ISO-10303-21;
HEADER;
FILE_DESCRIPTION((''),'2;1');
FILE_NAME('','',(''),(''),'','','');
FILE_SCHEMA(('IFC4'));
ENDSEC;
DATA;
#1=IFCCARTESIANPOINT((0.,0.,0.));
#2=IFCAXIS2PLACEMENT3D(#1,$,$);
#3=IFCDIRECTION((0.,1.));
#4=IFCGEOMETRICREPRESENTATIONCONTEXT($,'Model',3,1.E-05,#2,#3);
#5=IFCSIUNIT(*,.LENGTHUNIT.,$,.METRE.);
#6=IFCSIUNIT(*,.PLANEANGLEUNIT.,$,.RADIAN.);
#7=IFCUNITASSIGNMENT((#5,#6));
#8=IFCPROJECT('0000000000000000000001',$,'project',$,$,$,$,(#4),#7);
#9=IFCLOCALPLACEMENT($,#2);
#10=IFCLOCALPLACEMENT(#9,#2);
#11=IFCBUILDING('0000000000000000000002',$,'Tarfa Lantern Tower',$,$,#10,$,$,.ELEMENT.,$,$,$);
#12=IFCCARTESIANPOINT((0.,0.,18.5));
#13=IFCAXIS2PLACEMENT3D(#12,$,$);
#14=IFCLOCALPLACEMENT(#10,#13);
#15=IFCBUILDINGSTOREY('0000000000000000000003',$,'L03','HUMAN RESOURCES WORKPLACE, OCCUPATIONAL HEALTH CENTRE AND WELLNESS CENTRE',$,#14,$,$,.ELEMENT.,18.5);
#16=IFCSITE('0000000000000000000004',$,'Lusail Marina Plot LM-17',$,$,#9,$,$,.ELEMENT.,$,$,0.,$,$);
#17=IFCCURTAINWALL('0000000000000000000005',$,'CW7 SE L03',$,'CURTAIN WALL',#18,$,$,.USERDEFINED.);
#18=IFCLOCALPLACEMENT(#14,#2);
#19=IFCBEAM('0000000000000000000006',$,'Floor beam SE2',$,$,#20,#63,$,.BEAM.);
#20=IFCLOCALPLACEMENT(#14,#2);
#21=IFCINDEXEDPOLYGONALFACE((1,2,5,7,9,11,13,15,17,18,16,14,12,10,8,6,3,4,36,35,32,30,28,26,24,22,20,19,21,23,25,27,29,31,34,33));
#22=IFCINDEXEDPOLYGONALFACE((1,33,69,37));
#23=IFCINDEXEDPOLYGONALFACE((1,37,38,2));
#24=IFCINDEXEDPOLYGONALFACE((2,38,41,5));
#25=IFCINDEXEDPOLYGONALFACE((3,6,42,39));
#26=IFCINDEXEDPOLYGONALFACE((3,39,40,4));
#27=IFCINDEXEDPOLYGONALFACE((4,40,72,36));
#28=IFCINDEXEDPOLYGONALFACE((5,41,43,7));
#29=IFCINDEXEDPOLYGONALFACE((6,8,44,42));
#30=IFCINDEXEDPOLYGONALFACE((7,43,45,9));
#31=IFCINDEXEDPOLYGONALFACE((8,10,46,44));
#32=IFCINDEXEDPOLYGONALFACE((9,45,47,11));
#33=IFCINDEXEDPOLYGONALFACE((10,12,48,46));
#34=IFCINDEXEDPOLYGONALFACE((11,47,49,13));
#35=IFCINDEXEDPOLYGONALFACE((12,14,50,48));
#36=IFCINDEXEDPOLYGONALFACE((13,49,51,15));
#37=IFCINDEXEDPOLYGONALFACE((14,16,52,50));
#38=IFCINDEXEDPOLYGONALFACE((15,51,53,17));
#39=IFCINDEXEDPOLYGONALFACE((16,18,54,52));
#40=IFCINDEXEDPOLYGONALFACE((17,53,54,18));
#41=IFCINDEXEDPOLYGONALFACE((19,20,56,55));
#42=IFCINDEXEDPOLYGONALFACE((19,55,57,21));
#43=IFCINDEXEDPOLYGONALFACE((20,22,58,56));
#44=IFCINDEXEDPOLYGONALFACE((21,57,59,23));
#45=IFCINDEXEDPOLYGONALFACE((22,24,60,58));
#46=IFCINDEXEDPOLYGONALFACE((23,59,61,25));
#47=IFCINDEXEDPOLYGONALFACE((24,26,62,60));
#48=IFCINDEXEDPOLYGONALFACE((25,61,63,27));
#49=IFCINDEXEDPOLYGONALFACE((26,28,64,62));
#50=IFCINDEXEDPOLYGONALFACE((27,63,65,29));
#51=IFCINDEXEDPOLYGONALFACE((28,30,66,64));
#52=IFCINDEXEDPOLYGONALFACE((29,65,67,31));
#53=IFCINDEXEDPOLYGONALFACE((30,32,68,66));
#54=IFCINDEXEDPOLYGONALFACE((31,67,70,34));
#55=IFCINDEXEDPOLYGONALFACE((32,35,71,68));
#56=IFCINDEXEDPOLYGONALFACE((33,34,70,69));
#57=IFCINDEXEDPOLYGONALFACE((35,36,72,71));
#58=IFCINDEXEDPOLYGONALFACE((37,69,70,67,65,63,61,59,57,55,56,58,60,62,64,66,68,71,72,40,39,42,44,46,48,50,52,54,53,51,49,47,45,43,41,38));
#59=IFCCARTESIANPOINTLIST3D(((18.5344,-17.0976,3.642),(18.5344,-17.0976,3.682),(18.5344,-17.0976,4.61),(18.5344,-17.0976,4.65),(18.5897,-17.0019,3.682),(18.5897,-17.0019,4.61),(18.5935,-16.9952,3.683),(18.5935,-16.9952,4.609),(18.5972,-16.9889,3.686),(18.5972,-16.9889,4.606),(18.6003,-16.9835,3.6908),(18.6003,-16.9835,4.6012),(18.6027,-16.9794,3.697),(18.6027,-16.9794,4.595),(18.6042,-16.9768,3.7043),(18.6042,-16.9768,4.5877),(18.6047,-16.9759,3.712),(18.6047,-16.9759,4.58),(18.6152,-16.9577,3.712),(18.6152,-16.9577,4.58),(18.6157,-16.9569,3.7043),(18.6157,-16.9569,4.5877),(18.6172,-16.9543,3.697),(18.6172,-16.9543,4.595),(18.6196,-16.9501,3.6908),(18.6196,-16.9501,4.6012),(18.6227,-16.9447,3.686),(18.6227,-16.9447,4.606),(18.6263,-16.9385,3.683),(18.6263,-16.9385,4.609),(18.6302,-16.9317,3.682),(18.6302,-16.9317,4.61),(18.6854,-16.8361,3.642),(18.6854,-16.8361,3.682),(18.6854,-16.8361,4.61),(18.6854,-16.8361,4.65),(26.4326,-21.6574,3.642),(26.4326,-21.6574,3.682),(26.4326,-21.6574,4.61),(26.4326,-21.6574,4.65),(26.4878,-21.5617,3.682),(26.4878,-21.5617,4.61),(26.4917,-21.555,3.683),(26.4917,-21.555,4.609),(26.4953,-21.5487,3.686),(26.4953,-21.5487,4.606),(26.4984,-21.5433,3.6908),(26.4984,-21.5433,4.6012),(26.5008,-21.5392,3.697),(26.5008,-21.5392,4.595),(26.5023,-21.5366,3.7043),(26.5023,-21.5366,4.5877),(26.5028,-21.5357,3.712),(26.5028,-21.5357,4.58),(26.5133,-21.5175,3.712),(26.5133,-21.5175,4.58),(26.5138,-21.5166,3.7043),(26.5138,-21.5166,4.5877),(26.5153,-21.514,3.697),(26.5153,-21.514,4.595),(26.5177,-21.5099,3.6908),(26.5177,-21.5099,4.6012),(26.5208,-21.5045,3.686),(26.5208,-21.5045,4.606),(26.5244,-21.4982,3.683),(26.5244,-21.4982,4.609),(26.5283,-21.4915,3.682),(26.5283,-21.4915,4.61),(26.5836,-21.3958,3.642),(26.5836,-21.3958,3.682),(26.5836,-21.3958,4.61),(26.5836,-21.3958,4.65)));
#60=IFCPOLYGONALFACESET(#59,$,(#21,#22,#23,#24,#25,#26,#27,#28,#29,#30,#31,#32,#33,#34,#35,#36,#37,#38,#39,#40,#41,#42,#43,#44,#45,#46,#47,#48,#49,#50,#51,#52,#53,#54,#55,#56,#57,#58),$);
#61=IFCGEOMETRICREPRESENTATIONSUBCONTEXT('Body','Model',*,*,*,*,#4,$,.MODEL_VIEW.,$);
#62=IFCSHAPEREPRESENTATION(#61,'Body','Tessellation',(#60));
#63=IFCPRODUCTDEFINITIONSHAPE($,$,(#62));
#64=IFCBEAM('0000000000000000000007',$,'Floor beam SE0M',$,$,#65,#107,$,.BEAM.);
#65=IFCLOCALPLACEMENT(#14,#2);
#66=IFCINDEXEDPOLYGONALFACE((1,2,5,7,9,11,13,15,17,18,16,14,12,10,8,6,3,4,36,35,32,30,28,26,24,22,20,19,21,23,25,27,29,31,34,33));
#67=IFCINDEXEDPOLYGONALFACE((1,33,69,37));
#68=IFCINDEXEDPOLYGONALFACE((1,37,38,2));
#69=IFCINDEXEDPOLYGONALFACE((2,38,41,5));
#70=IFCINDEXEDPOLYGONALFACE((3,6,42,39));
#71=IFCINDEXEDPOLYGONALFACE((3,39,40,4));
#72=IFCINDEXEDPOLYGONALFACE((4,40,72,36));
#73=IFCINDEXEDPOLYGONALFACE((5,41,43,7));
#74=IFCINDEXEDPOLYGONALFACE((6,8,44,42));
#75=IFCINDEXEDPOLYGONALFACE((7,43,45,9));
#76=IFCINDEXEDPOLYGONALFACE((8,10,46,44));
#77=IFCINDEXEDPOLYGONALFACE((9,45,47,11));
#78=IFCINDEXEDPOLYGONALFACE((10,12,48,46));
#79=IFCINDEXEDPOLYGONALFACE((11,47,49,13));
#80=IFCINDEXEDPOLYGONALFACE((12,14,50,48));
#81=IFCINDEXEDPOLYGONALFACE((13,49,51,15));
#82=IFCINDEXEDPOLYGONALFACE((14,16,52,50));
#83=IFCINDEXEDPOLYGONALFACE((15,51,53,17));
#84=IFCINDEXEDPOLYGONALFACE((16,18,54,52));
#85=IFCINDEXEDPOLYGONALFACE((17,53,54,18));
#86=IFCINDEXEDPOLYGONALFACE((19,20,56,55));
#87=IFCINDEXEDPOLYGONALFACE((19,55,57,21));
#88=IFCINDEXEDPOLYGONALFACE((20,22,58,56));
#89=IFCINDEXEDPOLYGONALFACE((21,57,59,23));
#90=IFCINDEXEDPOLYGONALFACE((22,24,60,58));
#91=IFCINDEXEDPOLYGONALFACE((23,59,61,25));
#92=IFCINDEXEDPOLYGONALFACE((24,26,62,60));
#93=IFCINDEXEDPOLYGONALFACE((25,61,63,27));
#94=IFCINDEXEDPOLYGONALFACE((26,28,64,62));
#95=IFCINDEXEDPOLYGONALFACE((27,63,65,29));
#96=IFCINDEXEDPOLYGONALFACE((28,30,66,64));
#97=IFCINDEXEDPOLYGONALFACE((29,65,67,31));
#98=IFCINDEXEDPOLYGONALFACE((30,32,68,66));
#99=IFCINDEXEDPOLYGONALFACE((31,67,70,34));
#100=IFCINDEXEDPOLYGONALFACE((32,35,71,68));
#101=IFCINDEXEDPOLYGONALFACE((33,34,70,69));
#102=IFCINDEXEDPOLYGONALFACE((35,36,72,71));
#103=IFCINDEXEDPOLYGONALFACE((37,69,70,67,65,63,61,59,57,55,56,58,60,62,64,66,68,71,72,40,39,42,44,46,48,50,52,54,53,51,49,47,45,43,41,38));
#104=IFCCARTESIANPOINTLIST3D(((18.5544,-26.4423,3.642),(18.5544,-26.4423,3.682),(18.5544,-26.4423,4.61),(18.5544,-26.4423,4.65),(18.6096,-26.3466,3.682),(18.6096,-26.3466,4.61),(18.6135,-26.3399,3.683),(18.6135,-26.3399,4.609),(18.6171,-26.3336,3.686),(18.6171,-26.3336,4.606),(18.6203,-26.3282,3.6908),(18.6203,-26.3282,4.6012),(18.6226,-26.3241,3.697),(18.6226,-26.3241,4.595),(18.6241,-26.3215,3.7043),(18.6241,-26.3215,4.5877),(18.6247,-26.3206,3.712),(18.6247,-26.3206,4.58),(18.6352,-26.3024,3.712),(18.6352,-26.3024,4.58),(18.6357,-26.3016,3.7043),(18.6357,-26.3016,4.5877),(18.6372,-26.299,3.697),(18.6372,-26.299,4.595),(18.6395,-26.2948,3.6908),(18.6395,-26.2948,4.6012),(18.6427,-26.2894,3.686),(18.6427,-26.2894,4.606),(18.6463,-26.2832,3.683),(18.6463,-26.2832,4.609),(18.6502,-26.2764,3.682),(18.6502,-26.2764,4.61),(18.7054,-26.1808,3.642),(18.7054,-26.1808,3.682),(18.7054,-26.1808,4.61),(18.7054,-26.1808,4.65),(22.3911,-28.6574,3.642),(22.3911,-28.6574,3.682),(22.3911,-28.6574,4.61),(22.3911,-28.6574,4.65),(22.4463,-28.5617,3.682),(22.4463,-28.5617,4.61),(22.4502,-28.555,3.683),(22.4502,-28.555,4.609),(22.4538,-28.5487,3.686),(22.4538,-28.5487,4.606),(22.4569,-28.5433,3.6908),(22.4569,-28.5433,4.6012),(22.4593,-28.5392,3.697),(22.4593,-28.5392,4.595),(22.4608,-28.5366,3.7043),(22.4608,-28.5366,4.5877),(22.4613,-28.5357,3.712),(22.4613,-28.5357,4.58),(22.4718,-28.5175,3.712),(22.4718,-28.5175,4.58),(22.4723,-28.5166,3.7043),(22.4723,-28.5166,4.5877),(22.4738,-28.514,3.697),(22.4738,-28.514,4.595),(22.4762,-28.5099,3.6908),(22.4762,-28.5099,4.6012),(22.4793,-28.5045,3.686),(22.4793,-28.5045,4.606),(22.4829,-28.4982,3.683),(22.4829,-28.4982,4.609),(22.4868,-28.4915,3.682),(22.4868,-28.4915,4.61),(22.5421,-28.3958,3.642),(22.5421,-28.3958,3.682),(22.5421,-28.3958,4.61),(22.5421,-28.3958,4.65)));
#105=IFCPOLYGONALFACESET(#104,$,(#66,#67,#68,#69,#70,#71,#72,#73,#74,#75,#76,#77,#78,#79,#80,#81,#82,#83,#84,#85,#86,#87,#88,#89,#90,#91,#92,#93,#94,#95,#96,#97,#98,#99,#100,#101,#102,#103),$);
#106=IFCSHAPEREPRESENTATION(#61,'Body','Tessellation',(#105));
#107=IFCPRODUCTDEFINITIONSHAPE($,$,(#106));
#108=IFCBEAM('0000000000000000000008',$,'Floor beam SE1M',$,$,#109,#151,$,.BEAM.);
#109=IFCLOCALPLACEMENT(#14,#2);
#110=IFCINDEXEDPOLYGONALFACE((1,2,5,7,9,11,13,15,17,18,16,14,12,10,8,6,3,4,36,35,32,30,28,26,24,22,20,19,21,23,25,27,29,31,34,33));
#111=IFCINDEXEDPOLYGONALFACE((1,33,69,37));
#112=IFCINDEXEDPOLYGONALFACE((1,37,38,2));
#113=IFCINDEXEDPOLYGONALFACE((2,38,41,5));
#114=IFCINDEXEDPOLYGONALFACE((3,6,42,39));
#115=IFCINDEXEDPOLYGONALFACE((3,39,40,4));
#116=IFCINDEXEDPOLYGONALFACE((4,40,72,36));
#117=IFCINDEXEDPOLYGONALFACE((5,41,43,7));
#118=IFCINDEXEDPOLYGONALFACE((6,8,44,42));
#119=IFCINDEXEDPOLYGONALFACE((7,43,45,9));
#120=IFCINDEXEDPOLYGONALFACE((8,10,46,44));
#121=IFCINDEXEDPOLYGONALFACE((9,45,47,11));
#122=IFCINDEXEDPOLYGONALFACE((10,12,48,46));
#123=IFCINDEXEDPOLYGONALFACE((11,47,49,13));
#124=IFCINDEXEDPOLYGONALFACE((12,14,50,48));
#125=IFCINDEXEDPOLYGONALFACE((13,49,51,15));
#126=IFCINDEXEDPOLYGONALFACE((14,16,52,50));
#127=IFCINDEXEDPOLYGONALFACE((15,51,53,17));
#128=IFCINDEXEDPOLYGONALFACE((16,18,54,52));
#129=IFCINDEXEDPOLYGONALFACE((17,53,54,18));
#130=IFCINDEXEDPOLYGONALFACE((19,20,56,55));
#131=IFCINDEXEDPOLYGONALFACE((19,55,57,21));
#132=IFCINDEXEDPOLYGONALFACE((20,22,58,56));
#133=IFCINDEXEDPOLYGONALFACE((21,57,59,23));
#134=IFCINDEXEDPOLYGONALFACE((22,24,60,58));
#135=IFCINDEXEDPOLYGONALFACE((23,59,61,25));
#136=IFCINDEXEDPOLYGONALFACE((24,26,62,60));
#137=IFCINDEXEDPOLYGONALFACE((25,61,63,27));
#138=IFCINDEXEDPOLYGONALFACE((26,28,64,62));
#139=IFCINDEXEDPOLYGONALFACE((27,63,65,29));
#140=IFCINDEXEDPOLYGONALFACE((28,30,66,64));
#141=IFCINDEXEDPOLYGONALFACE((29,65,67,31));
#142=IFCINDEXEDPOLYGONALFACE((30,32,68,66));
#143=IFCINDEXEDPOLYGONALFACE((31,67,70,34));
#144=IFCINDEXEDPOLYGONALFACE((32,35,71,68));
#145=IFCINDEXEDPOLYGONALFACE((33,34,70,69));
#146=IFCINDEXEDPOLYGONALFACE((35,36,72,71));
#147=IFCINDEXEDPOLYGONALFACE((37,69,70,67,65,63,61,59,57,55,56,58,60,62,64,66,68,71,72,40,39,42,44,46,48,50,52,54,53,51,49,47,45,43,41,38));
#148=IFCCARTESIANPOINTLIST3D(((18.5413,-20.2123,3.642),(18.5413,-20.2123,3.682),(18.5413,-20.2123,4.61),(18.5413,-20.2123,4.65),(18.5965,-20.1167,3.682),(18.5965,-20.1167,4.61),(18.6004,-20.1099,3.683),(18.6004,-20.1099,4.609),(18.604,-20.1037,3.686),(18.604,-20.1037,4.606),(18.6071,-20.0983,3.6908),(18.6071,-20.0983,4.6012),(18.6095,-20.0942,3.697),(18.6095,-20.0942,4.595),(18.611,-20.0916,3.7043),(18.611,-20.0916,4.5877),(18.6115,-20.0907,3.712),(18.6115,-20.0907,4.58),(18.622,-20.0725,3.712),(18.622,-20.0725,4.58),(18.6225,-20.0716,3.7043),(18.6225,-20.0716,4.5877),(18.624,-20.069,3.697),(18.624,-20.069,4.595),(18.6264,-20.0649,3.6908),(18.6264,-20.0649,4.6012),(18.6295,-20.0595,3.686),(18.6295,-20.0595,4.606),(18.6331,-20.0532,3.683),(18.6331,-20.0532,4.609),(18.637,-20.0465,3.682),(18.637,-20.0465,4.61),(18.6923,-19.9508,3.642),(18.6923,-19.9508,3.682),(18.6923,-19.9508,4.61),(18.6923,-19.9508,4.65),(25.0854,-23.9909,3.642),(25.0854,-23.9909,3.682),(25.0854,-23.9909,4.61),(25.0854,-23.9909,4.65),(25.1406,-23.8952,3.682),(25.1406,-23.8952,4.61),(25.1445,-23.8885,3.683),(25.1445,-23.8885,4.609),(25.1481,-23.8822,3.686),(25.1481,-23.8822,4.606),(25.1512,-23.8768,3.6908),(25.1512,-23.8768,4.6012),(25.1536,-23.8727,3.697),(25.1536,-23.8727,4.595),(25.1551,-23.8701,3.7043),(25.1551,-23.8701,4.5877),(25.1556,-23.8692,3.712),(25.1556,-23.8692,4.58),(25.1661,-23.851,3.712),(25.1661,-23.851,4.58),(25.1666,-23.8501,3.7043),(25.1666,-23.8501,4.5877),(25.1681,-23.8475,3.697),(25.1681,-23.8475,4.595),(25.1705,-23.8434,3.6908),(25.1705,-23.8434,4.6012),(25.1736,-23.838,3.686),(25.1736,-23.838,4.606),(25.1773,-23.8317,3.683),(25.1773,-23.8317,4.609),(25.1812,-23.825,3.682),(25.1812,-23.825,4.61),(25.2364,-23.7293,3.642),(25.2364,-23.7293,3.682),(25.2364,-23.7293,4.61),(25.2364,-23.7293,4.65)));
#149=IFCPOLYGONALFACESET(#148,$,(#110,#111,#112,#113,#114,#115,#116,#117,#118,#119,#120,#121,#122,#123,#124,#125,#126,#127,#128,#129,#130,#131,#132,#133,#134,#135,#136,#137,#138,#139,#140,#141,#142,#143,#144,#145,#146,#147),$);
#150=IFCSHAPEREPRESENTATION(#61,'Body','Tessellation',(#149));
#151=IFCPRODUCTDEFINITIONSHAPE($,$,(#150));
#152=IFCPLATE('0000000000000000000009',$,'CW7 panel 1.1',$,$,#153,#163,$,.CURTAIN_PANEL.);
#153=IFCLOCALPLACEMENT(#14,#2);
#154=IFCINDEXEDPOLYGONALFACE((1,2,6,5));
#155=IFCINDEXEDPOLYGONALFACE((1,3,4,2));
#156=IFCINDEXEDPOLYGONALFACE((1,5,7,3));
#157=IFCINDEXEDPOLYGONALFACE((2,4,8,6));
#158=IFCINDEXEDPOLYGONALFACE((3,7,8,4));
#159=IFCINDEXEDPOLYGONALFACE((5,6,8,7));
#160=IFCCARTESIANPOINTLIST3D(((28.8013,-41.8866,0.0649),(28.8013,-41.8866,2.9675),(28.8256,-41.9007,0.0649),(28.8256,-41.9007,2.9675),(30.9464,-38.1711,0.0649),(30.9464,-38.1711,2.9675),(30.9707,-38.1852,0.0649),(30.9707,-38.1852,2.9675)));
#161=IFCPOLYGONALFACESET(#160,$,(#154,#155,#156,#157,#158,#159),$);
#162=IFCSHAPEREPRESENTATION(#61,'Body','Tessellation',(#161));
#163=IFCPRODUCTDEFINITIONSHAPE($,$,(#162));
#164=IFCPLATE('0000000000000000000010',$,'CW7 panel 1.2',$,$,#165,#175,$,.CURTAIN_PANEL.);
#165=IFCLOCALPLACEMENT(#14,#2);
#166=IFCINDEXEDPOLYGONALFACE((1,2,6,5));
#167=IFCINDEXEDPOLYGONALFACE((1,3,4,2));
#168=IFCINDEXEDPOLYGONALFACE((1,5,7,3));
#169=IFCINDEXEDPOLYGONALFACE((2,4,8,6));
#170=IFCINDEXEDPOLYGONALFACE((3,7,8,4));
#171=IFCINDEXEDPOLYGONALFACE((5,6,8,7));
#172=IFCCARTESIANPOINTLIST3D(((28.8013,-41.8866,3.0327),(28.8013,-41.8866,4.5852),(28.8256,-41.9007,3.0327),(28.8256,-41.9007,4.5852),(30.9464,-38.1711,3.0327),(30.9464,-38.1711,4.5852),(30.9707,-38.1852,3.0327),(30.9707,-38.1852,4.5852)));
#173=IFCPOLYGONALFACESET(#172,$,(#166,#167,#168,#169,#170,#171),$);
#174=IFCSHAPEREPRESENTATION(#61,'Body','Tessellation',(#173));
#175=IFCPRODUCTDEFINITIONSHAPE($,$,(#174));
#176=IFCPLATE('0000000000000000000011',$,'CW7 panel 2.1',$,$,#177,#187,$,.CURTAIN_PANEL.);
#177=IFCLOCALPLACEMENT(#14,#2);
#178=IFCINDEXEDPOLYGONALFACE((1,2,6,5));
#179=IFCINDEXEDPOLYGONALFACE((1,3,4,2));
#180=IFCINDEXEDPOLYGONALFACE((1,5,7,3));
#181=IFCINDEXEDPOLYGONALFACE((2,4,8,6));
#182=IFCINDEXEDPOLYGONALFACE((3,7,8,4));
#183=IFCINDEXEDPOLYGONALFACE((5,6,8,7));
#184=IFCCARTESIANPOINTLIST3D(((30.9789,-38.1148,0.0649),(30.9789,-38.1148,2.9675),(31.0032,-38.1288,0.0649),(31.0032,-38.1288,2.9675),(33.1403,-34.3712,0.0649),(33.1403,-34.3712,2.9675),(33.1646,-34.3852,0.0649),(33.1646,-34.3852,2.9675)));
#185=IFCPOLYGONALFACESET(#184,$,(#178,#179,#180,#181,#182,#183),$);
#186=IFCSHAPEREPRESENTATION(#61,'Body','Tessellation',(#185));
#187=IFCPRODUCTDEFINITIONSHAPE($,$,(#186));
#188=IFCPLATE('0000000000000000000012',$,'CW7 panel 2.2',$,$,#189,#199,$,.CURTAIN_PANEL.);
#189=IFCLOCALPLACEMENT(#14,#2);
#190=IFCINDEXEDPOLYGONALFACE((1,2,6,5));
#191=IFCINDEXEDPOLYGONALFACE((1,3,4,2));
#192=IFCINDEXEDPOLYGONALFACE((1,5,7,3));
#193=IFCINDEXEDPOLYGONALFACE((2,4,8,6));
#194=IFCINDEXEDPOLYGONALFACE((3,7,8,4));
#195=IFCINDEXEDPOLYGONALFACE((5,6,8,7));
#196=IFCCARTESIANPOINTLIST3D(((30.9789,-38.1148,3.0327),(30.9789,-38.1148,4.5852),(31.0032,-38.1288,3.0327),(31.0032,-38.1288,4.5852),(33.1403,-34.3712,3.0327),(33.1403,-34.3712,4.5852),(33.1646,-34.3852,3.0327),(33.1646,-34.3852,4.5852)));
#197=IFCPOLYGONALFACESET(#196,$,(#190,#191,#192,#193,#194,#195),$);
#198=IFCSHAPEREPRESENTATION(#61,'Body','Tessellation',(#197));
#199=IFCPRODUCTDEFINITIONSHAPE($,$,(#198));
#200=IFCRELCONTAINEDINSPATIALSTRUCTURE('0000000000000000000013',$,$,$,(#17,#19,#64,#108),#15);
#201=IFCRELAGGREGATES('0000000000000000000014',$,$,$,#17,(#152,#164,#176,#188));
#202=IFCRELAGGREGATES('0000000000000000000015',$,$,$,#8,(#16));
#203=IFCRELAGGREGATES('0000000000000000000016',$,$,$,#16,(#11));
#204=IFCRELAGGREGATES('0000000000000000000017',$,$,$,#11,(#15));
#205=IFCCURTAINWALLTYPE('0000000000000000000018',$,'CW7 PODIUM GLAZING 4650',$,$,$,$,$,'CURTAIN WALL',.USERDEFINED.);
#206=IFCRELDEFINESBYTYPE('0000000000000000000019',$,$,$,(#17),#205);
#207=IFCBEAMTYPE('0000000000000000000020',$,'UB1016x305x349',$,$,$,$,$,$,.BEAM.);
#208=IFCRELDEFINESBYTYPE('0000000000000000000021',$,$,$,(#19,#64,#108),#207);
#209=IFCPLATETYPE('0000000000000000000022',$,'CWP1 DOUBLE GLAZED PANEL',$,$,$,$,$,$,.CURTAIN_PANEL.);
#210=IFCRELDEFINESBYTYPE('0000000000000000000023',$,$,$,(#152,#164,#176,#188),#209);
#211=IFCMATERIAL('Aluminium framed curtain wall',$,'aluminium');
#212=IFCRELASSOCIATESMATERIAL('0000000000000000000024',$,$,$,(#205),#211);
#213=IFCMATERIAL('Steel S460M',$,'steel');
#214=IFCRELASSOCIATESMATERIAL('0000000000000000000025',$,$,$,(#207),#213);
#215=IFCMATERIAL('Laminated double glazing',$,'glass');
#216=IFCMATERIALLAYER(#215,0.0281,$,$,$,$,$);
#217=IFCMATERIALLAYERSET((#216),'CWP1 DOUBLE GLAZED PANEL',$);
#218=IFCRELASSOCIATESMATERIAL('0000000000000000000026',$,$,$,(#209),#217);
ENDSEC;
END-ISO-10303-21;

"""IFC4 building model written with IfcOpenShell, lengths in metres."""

from ifc_helpers import new_model, si_unit, direction, frame, origin, origin_2d, place, context, subcontext, project, spatial, rectangle, i_section, extrude, material, layer, layer_set, material_profile, profile_set, type_object, element, aggregate, save


model = new_model("IFC4")

# Units and contexts
model_context = context("Model", 3, precision=1e-05, world=origin(), true_north=direction((0.0, 1.0)))
body_context = subcontext(model_context, "Body", "Model", "MODEL_VIEW")
ifc_project = project(units=[si_unit("LENGTHUNIT", "METRE"), si_unit("PLANEANGLEUNIT", "RADIAN")], contexts=[model_context])

# Site, building, storey
site_placement = place(None, origin())
site = spatial("IfcSite", under=ifc_project, at=site_placement, Name="Lusail Marina Plot LM-17", CompositionType="ELEMENT", RefElevation=0.0)
building_placement = place(site_placement, origin())
building = spatial("IfcBuilding", under=site, at=building_placement, Name="Tarfa Lantern Tower", CompositionType="ELEMENT")
storey_placement = place(building_placement, frame((0.0, 0.0, 18.5)))
storey = spatial("IfcBuildingStorey", under=building, at=storey_placement, Name="L03", Description="HUMAN RESOURCES WORKPLACE, OCCUPATIONAL HEALTH CENTRE AND WELLNESS CENTRE", CompositionType="ELEMENT", Elevation=18.5)

# Shared definitions
ifc_material_1 = material(Name="Aluminium framed curtain wall", Category="aluminium")
curtain_wall_type = type_object("IfcCurtainWallType", Name="CW7 PODIUM GLAZING 4650", ElementType="CURTAIN WALL", PredefinedType="USERDEFINED", material=ifc_material_1)

# Curtain wall
curtain_wall_1_placement = place(storey_placement, origin())
curtain_wall_1 = element("IfcCurtainWall", 1, at=curtain_wall_1_placement, inside=storey, type_object=curtain_wall_type, Name="CW7 SE L03", ObjectType="CURTAIN WALL", PredefinedType="USERDEFINED")

# Beams
ifc_material_2 = material(Name="Steel S460M", Category="steel")
ifc_material_profile_1 = material_profile(ifc_material_2, i_section(OverallWidth=0.302, OverallDepth=1.0081, WebThickness=0.021, FlangeThickness=0.04, FilletRadius=0.03, at=origin_2d()), Name="UB1016x305x349")
ifc_profile_set_1 = profile_set([ifc_material_profile_1], Name="Steel S460M")
beam_type_1 = type_object("IfcBeamType", Name="UB1016x305x349", PredefinedType="BEAM", material=ifc_profile_set_1)
beam_1_placement = place(storey_placement, frame((26.5081, -21.5266, 4.146), z_axis=(-0.866035, 0.499983, 0.0), x_axis=(-0.499983, -0.866035, 0.0)))
element("IfcBeam", 2, at=beam_1_placement, inside=storey, type_object=beam_type_1, Name="Floor beam SE2", PredefinedType="BEAM", context=body_context, shape_type="SweptSolid", body=[
    extrude(i_section(OverallWidth=0.302, OverallDepth=1.0081, WebThickness=0.021, FlangeThickness=0.04, FilletRadius=0.03, at=origin_2d()), origin(), (0.0, 0.0, 1.0), 9.1199),
])
beam_2_placement = place(storey_placement, frame((22.4666, -28.5266, 4.146), z_axis=(-0.866027, 0.499998, 0.0), x_axis=(-0.499998, -0.866027, 0.0)))
element("IfcBeam", 3, at=beam_2_placement, inside=storey, type_object=beam_type_1, Name="Floor beam SE0M", PredefinedType="BEAM", context=body_context, shape_type="SweptSolid", body=[
    extrude(i_section(OverallWidth=0.302, OverallDepth=1.0081, WebThickness=0.021, FlangeThickness=0.04, FilletRadius=0.03, at=origin_2d()), origin(), (0.0, 0.0, 1.0), 4.4302),
])
beam_3_placement = place(storey_placement, frame((25.1609, -23.8601, 4.146), z_axis=(-0.86601, 0.500027, 0.0), x_axis=(-0.500027, -0.86601, 0.0)))
element("IfcBeam", 4, at=beam_3_placement, inside=storey, type_object=beam_type_1, Name="Floor beam SE1M", PredefinedType="BEAM", context=body_context, shape_type="SweptSolid", body=[
    extrude(i_section(OverallWidth=0.302, OverallDepth=1.0081, WebThickness=0.021, FlangeThickness=0.04, FilletRadius=0.03, at=origin_2d()), origin(), (0.0, 0.0, 1.0), 7.5566),
])

# Plates
ifc_material_3 = material(Name="Laminated double glazing", Category="glass")
ifc_layer = layer(ifc_material_3, 0.0281)
ifc_layer_set = layer_set([ifc_layer], Name="CWP1 DOUBLE GLAZED PANEL")
plate_type = type_object("IfcPlateType", Name="CWP1 DOUBLE GLAZED PANEL", PredefinedType="CURTAIN_PANEL", material=ifc_layer_set)
plate_1_placement = place(storey_placement, frame((29.886, -40.0359, 0.0649), z_axis=(0.0, 0.0, 1.0), x_axis=(0.5, 0.866025, 0.0)))
plate_1 = element("IfcPlate", 5, at=plate_1_placement, type_object=plate_type, Name="CW7 panel 1.1", PredefinedType="CURTAIN_PANEL", context=body_context, shape_type="SweptSolid", body=[
    extrude(rectangle(XDim=4.2903, YDim=0.0281, at=origin_2d()), origin(), (0.0, 0.0, 1.0), 2.9026),
])
plate_2_placement = place(storey_placement, frame((29.886, -40.0359, 3.0327), z_axis=(0.0, 0.0, 1.0), x_axis=(0.5, 0.866025, 0.0)))
plate_2 = element("IfcPlate", 6, at=plate_2_placement, type_object=plate_type, Name="CW7 panel 1.2", PredefinedType="CURTAIN_PANEL", context=body_context, shape_type="SweptSolid", body=[
    extrude(rectangle(XDim=4.2903, YDim=0.0281, at=origin_2d()), origin(), (0.0, 0.0, 1.0), 1.5525),
])
plate_3_placement = place(storey_placement, frame((32.0718, -36.25, 0.0649), z_axis=(0.0, 0.0, 1.0), x_axis=(0.5, 0.866025, 0.0)))
plate_3 = element("IfcPlate", 7, at=plate_3_placement, type_object=plate_type, Name="CW7 panel 2.1", PredefinedType="CURTAIN_PANEL", context=body_context, shape_type="SweptSolid", body=[
    extrude(rectangle(XDim=4.3228, YDim=0.0281, at=origin_2d()), origin(), (0.0, 0.0, 1.0), 2.9026),
])
plate_4_placement = place(storey_placement, frame((32.0718, -36.25, 3.0327), z_axis=(0.0, 0.0, 1.0), x_axis=(0.5, 0.866025, 0.0)))
plate_4 = element("IfcPlate", 8, at=plate_4_placement, type_object=plate_type, Name="CW7 panel 2.2", PredefinedType="CURTAIN_PANEL", context=body_context, shape_type="SweptSolid", body=[
    extrude(rectangle(XDim=4.3228, YDim=0.0281, at=origin_2d()), origin(), (0.0, 0.0, 1.0), 1.5525),
])
aggregate(curtain_wall_1, [plate_1, plate_2, plate_3, plate_4])

save(model, "model.ifc")
